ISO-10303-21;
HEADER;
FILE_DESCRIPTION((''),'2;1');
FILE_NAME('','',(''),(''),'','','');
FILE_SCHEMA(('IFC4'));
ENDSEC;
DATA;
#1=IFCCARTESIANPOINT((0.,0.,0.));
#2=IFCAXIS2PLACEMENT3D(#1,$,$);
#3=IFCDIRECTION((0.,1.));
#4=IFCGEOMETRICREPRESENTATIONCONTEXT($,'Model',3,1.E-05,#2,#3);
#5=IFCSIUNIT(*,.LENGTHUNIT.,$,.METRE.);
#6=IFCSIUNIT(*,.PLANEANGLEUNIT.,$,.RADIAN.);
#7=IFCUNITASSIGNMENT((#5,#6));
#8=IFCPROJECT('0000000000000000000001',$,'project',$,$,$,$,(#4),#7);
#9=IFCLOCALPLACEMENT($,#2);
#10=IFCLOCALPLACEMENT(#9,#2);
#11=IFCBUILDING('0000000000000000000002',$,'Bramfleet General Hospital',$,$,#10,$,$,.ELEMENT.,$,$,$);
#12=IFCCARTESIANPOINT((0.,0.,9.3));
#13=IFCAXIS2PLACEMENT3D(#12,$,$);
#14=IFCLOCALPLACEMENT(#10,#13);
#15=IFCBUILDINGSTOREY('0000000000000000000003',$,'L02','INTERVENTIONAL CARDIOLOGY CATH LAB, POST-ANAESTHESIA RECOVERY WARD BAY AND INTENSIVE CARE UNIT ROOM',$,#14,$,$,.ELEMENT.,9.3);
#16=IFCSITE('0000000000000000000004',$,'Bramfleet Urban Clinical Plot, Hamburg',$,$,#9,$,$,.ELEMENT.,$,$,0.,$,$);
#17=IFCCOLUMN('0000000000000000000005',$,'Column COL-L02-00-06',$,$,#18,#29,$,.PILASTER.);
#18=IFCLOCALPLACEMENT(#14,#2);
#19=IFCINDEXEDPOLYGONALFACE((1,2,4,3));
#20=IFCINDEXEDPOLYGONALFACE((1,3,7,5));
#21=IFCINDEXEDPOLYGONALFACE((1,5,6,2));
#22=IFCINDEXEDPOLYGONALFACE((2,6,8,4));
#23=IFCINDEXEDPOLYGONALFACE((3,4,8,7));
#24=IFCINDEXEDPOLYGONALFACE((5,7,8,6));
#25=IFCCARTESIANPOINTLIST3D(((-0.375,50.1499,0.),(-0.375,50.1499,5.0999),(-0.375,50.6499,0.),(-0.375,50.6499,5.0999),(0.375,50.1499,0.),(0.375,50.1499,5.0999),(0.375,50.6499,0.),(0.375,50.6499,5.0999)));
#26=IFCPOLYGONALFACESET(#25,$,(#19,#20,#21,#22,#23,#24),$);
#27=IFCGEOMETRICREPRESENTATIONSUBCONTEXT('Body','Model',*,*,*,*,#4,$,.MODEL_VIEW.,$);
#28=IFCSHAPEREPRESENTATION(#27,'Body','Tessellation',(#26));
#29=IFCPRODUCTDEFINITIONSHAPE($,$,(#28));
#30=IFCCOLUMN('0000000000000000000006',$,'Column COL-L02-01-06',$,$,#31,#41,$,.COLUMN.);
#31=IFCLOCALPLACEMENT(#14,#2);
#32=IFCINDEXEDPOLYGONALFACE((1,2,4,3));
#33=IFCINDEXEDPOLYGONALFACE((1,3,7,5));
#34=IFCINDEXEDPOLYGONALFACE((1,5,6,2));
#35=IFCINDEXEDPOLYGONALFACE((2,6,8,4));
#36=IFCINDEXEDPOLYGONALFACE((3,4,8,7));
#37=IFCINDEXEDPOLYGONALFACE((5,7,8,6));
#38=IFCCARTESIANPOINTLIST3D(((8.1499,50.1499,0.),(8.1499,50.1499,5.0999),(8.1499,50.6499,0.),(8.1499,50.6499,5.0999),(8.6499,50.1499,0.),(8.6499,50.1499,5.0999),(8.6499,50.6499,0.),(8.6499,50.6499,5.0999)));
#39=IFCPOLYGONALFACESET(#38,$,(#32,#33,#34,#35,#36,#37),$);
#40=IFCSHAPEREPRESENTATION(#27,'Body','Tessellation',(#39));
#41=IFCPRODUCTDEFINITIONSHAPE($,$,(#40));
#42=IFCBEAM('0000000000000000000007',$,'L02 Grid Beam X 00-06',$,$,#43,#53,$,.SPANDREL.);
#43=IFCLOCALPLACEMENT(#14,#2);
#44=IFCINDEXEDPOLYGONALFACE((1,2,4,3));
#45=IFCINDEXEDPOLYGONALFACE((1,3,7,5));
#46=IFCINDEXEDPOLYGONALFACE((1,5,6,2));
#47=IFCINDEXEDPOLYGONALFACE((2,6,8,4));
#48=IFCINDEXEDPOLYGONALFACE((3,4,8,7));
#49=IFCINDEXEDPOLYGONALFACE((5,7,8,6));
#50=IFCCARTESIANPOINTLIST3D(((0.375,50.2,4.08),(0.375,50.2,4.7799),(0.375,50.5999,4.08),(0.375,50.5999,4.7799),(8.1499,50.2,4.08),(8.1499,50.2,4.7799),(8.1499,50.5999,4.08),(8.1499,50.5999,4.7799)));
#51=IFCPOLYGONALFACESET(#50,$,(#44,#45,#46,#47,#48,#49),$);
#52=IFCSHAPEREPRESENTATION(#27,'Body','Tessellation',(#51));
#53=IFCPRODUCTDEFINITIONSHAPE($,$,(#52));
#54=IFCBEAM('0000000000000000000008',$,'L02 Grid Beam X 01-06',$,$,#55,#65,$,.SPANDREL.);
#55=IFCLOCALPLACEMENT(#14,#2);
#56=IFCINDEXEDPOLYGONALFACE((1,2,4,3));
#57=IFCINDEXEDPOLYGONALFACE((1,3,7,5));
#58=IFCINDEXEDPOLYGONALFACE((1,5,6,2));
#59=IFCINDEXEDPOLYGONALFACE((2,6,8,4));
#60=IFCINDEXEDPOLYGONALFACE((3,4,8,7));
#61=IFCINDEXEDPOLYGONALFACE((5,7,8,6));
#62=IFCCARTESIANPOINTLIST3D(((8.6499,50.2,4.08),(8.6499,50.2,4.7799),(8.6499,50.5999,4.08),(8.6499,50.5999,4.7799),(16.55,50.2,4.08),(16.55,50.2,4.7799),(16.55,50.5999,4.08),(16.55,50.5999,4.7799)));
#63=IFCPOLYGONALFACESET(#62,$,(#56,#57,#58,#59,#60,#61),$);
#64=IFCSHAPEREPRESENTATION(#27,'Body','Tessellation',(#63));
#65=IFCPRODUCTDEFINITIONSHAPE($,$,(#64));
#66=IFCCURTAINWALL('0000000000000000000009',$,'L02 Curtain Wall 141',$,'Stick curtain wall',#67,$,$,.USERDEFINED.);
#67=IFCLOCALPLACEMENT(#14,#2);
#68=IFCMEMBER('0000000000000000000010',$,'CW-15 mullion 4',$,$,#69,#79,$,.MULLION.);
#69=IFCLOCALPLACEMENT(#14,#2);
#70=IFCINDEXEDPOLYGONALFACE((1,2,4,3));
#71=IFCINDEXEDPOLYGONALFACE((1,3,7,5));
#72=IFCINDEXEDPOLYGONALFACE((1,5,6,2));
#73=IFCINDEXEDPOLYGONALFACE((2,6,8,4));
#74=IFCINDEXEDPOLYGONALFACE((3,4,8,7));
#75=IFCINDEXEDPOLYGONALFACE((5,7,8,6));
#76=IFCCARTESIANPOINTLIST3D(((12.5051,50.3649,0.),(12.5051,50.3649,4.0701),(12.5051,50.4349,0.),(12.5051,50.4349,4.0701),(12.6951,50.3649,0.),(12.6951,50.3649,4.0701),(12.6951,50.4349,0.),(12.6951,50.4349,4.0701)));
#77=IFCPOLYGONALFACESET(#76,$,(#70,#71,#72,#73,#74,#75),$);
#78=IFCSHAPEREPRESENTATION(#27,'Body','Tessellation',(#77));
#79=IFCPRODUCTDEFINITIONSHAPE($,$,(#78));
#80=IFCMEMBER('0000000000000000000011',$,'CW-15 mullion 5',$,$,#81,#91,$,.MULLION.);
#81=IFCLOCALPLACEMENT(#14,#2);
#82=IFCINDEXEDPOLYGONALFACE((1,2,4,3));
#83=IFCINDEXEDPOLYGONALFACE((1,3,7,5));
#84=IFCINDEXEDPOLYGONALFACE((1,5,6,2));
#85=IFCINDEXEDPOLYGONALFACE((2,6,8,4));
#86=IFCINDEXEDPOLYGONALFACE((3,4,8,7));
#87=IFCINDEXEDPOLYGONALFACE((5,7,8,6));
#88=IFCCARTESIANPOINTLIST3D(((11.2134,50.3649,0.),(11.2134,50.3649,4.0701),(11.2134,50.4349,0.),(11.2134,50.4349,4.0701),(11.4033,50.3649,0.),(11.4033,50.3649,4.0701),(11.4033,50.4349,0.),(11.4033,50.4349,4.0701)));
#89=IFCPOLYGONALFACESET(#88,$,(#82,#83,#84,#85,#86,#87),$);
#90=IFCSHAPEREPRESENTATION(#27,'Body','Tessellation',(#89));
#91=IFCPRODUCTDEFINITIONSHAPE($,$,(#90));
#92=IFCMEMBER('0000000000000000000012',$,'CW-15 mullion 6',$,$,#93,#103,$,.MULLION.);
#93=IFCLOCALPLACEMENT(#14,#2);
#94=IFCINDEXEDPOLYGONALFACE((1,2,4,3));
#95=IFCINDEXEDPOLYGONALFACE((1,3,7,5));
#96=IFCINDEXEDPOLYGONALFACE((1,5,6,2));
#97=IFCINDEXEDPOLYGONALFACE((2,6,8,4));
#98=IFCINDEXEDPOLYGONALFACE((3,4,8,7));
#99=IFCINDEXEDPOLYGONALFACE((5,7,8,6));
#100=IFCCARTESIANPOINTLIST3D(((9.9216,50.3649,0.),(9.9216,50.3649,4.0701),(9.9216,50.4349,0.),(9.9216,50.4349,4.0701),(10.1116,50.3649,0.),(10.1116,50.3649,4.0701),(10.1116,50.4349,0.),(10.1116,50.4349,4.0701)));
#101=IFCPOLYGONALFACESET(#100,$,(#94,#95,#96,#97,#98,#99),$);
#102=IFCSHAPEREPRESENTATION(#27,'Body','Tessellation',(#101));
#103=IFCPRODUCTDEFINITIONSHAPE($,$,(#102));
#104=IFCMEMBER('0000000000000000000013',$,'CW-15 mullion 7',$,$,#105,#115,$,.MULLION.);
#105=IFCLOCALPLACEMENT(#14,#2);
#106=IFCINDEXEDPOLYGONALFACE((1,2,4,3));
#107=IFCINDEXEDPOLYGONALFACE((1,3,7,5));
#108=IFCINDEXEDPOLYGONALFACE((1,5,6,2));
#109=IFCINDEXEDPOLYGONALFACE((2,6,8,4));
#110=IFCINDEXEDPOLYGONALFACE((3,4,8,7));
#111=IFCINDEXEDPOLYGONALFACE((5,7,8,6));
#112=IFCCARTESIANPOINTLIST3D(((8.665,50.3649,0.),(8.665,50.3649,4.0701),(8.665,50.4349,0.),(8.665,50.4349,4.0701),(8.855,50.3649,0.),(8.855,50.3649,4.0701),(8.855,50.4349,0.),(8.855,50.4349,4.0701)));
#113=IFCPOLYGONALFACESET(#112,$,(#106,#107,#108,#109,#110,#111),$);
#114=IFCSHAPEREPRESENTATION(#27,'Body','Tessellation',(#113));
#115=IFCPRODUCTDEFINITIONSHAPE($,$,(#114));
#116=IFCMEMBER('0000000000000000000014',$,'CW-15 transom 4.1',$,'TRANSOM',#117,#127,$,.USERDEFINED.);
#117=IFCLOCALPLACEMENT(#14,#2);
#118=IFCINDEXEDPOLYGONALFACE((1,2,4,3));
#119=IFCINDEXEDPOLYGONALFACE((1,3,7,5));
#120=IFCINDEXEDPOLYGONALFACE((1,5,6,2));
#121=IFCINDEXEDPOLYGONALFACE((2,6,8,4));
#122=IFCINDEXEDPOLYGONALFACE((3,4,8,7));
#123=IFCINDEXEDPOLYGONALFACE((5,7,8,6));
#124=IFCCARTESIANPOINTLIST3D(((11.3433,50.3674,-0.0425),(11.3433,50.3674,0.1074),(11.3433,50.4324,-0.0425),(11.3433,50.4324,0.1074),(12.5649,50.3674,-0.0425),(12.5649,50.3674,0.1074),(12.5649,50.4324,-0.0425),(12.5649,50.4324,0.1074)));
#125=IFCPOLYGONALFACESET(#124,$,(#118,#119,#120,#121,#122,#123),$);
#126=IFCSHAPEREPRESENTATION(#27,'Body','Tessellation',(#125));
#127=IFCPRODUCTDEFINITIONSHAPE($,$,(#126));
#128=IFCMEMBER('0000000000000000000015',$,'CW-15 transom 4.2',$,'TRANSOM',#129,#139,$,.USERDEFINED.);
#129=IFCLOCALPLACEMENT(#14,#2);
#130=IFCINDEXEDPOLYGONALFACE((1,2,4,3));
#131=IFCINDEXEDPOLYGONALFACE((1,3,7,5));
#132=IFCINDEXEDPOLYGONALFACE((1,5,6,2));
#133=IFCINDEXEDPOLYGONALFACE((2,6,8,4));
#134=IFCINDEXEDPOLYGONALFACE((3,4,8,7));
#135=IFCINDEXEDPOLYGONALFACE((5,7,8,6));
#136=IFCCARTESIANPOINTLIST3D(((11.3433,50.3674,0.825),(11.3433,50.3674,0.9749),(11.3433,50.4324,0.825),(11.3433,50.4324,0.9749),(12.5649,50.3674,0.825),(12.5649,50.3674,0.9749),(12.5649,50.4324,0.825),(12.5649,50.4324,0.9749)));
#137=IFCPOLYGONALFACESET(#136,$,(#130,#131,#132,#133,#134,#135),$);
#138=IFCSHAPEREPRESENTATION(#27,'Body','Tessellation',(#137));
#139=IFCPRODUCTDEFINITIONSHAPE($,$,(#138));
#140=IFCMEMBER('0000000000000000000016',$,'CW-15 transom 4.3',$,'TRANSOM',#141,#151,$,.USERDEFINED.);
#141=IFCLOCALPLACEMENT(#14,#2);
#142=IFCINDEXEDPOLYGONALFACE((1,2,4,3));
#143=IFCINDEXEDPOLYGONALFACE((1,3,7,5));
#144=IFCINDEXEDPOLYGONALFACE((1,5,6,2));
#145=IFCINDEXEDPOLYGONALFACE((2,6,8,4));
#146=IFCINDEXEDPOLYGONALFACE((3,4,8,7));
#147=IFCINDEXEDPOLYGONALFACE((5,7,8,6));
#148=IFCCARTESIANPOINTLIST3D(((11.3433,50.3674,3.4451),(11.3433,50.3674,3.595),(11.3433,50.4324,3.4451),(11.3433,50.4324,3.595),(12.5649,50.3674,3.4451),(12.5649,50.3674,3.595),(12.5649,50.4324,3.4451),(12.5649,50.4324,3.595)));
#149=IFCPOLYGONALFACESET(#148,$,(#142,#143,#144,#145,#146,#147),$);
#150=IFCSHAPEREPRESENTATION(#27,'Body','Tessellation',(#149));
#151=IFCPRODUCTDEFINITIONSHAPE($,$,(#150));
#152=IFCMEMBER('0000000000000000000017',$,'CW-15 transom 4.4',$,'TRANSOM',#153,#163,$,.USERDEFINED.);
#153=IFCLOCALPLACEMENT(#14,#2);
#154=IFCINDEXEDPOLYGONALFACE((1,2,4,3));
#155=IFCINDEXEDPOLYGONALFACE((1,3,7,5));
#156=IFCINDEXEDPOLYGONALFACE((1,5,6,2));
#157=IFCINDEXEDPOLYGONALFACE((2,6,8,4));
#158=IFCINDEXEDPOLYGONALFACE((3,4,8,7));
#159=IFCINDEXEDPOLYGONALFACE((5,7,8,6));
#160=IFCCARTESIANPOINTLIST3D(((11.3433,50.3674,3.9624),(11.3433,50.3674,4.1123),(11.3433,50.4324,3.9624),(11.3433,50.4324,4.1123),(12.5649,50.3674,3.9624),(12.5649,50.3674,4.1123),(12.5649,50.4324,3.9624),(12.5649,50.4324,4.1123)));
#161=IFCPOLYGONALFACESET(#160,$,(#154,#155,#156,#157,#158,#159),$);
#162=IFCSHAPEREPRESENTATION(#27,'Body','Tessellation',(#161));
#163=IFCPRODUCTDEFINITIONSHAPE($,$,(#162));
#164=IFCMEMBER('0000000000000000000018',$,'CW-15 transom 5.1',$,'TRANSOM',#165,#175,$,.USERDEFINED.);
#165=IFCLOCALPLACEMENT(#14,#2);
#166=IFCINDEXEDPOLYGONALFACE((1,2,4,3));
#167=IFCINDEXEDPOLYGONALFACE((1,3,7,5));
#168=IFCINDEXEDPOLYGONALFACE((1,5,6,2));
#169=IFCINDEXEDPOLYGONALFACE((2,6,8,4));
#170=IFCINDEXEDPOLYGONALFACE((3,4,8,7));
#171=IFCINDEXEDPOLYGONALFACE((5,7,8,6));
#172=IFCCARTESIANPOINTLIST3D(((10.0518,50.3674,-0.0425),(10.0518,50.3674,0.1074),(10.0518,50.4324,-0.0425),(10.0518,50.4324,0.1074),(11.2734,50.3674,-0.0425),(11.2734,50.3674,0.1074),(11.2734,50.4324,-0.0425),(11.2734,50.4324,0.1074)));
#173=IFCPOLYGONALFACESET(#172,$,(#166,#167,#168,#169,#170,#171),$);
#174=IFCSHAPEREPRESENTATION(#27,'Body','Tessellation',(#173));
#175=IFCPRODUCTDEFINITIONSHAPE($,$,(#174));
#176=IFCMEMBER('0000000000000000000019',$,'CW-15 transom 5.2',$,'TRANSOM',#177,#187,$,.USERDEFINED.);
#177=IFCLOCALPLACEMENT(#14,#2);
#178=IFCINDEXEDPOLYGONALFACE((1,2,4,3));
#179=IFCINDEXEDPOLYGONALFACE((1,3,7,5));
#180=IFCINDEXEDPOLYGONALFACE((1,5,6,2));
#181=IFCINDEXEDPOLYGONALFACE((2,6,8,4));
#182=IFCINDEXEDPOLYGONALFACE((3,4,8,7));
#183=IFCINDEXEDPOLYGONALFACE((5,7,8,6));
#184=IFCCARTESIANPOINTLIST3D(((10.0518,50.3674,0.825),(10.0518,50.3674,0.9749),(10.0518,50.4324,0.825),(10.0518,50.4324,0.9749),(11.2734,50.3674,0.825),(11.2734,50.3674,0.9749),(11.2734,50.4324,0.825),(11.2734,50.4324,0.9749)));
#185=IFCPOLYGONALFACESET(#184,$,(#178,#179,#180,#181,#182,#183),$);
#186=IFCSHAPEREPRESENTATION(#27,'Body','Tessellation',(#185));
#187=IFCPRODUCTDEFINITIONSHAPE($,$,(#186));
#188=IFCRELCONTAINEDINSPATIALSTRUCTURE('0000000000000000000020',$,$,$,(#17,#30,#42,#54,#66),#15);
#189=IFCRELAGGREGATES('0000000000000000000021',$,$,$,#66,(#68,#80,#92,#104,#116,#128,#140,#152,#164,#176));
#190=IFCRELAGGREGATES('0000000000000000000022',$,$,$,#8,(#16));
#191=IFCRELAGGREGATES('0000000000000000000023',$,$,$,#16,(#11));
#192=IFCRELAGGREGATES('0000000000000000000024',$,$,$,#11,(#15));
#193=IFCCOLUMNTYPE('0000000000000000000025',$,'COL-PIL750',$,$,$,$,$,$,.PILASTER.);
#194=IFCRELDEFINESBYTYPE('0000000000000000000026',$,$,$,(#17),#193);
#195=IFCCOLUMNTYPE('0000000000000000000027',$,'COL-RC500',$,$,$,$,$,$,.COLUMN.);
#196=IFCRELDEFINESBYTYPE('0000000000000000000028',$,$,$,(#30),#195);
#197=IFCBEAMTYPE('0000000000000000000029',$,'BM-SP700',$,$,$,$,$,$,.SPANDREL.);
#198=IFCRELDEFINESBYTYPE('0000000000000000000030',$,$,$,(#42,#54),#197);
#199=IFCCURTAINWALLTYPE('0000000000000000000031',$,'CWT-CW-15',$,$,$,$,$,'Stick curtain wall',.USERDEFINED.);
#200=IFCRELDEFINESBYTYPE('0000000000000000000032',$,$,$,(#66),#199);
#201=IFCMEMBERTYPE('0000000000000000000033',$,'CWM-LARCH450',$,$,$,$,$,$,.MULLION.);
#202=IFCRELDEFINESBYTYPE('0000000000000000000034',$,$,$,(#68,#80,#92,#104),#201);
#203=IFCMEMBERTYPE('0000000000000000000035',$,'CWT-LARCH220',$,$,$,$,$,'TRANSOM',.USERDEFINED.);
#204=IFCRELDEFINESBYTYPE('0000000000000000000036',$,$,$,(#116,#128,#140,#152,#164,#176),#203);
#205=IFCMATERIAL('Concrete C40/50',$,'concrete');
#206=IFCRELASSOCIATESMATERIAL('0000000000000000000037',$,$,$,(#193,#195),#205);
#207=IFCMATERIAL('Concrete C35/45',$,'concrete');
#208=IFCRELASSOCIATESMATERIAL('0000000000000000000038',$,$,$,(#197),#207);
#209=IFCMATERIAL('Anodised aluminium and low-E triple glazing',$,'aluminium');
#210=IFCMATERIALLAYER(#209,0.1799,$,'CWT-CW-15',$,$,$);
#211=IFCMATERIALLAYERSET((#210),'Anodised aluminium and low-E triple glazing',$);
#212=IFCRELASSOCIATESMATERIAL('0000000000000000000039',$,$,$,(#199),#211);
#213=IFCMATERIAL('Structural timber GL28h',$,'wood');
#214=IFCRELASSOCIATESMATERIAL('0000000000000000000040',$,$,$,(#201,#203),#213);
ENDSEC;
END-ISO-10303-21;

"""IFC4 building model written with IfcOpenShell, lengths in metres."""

from ifc_helpers import new_model, si_unit, direction, frame, origin, origin_2d, place, context, subcontext, project, spatial, rectangle, extrude, material, layer, layer_set, material_profile, profile_set, type_object, element, aggregate, save


model = new_model("IFC4")

# Units and contexts
model_context = context("Model", 3, precision=1e-05, world=origin(), true_north=direction((0.0, 1.0)))
body_context = subcontext(model_context, "Body", "Model", "MODEL_VIEW")
ifc_project = project(units=[si_unit("LENGTHUNIT", "METRE"), si_unit("PLANEANGLEUNIT", "RADIAN")], contexts=[model_context])

# Site, building, storey
site_placement = place(None, origin())
site = spatial("IfcSite", under=ifc_project, at=site_placement, Name="Bramfleet Urban Clinical Plot, Hamburg", CompositionType="ELEMENT", RefElevation=0.0)
building_placement = place(site_placement, origin())
building = spatial("IfcBuilding", under=site, at=building_placement, Name="Bramfleet General Hospital", CompositionType="ELEMENT")
storey_placement = place(building_placement, frame((0.0, 0.0, 9.3)))
storey = spatial("IfcBuildingStorey", under=building, at=storey_placement, Name="L02", Description="INTERVENTIONAL CARDIOLOGY CATH LAB, POST-ANAESTHESIA RECOVERY WARD BAY AND INTENSIVE CARE UNIT ROOM", CompositionType="ELEMENT", Elevation=9.3)

# Columns
ifc_material_1 = material(Name="Concrete C40/50", Category="concrete")
ifc_material_profile_1 = material_profile(ifc_material_1, rectangle(XDim=0.5, YDim=0.75, at=origin_2d()), Name="RC PIL 750x500")
ifc_profile_set_1 = profile_set([ifc_material_profile_1], Name="Concrete C40/50")
column_type_1 = type_object("IfcColumnType", Name="COL-PIL750", PredefinedType="PILASTER", material=ifc_profile_set_1)
column_1_placement = place(storey_placement, frame((0.0, 50.3999, 0.0), z_axis=(0.0, 0.0, 1.0), x_axis=(0.0, 1.0, 0.0)))
element("IfcColumn", 1, at=column_1_placement, inside=storey, type_object=column_type_1, Name="Column COL-L02-00-06", PredefinedType="PILASTER", context=body_context, shape_type="SweptSolid", body=[
    extrude(rectangle(XDim=0.5, YDim=0.75, at=origin_2d()), origin(), (0.0, 0.0, 1.0), 5.0999),
])
ifc_material_profile_2 = material_profile(ifc_material_1, rectangle(XDim=0.5, YDim=0.5, at=origin_2d()), Name="RC COL 500x500")
ifc_profile_set_2 = profile_set([ifc_material_profile_2], Name="Concrete C40/50")
column_type_2 = type_object("IfcColumnType", Name="COL-RC500", PredefinedType="COLUMN", material=ifc_profile_set_2)
column_2_placement = place(storey_placement, frame((8.3999, 50.3999, 0.0), z_axis=(0.0, 0.0, 1.0), x_axis=(1.0, 0.0, 0.0)))
element("IfcColumn", 2, at=column_2_placement, inside=storey, type_object=column_type_2, Name="Column COL-L02-01-06", PredefinedType="COLUMN", context=body_context, shape_type="SweptSolid", body=[
    extrude(rectangle(XDim=0.5, YDim=0.5, at=origin_2d()), origin(), (0.0, 0.0, 1.0), 5.0999),
])

# Beams
ifc_material_2 = material(Name="Concrete C35/45", Category="concrete")
ifc_material_profile_3 = material_profile(ifc_material_2, rectangle(XDim=0.3999, YDim=0.7, at=origin_2d()), Name="RC SP 700x400")
ifc_profile_set_3 = profile_set([ifc_material_profile_3], Name="Concrete C35/45")
beam_type = type_object("IfcBeamType", Name="BM-SP700", PredefinedType="SPANDREL", material=ifc_profile_set_3)
beam_1_placement = place(storey_placement, frame((0.375, 50.3999, 4.4299), z_axis=(1.0, 0.0, 0.0), x_axis=(0.0, 1.0, 0.0)))
element("IfcBeam", 3, at=beam_1_placement, inside=storey, type_object=beam_type, Name="L02 Grid Beam X 00-06", PredefinedType="SPANDREL", context=body_context, shape_type="SweptSolid", body=[
    extrude(rectangle(XDim=0.3999, YDim=0.7, at=origin_2d()), origin(), (0.0, 0.0, 1.0), 7.7749),
])
beam_2_placement = place(storey_placement, frame((8.6499, 50.3999, 4.4299), z_axis=(1.0, 0.0, 0.0), x_axis=(0.0, 1.0, 0.0)))
element("IfcBeam", 4, at=beam_2_placement, inside=storey, type_object=beam_type, Name="L02 Grid Beam X 01-06", PredefinedType="SPANDREL", context=body_context, shape_type="SweptSolid", body=[
    extrude(rectangle(XDim=0.3999, YDim=0.7, at=origin_2d()), origin(), (0.0, 0.0, 1.0), 7.9001),
])

# Curtain wall, members
ifc_material_3 = material(Name="Anodised aluminium and low-E triple glazing", Category="aluminium")
ifc_layer_1 = layer(ifc_material_3, 0.1799, Name="CWT-CW-15")
ifc_layer_set_1 = layer_set([ifc_layer_1], Name="Anodised aluminium and low-E triple glazing")
curtain_wall_type = type_object("IfcCurtainWallType", Name="CWT-CW-15", ElementType="Stick curtain wall", PredefinedType="USERDEFINED", material=ifc_layer_set_1)
curtain_wall_placement = place(storey_placement, origin())
curtain_wall = element("IfcCurtainWall", 5, at=curtain_wall_placement, inside=storey, type_object=curtain_wall_type, Name="L02 Curtain Wall 141", ObjectType="Stick curtain wall", PredefinedType="USERDEFINED")
ifc_material_4 = material(Name="Structural timber GL28h", Category="wood")
ifc_material_profile_4 = material_profile(ifc_material_4, rectangle(XDim=0.0701, YDim=0.1899, at=origin_2d()), Name="LARCH 190x70")
ifc_profile_set_4 = profile_set([ifc_material_profile_4], Name="Structural timber GL28h")
member_type_1 = type_object("IfcMemberType", Name="CWM-LARCH450", PredefinedType="MULLION", material=ifc_profile_set_4)
member_1_placement = place(storey_placement, frame((12.6001, 50.3999, 0.0), z_axis=(0.0, 0.0, 1.0), x_axis=(0.0, -1.0, 0.0)))
member_1 = element("IfcMember", 6, at=member_1_placement, type_object=member_type_1, Name="CW-15 mullion 4", PredefinedType="MULLION", context=body_context, shape_type="SweptSolid", body=[
    extrude(rectangle(XDim=0.0701, YDim=0.1899, at=origin_2d()), origin(), (0.0, 0.0, 1.0), 4.0701),
])
member_2_placement = place(storey_placement, frame((11.3083, 50.3999, 0.0), z_axis=(0.0, 0.0, 1.0), x_axis=(0.0, -1.0, 0.0)))
member_2 = element("IfcMember", 7, at=member_2_placement, type_object=member_type_1, Name="CW-15 mullion 5", PredefinedType="MULLION", context=body_context, shape_type="SweptSolid", body=[
    extrude(rectangle(XDim=0.0701, YDim=0.1899, at=origin_2d()), origin(), (0.0, 0.0, 1.0), 4.0701),
])
member_3_placement = place(storey_placement, frame((10.0166, 50.3999, 0.0), z_axis=(0.0, 0.0, 1.0), x_axis=(0.0, -1.0, 0.0)))
member_3 = element("IfcMember", 8, at=member_3_placement, type_object=member_type_1, Name="CW-15 mullion 6", PredefinedType="MULLION", context=body_context, shape_type="SweptSolid", body=[
    extrude(rectangle(XDim=0.0701, YDim=0.1899, at=origin_2d()), origin(), (0.0, 0.0, 1.0), 4.0701),
])
member_4_placement = place(storey_placement, frame((8.76, 50.3999, 0.0), z_axis=(0.0, 0.0, 1.0), x_axis=(0.0, -1.0, 0.0)))
member_4 = element("IfcMember", 9, at=member_4_placement, type_object=member_type_1, Name="CW-15 mullion 7", PredefinedType="MULLION", context=body_context, shape_type="SweptSolid", body=[
    extrude(rectangle(XDim=0.0701, YDim=0.1899, at=origin_2d()), origin(), (0.0, 0.0, 1.0), 4.0701),
])
ifc_material_profile_5 = material_profile(ifc_material_4, rectangle(XDim=0.0649, YDim=0.1499, at=origin_2d()), Name="LARCH 150x65")
ifc_profile_set_5 = profile_set([ifc_material_profile_5], Name="Structural timber GL28h")
member_type_2 = type_object("IfcMemberType", Name="CWT-LARCH220", ElementType="TRANSOM", PredefinedType="USERDEFINED", material=ifc_profile_set_5)
member_5_placement = place(storey_placement, frame((12.5649, 50.3999, 0.0325), z_axis=(-1.0, 0.0, 0.0), x_axis=(0.0, -1.0, 0.0)))
member_5 = element("IfcMember", 10, at=member_5_placement, type_object=member_type_2, Name="CW-15 transom 4.1", ObjectType="TRANSOM", PredefinedType="USERDEFINED", context=body_context, shape_type="SweptSolid", body=[
    extrude(rectangle(XDim=0.0649, YDim=0.1499, at=origin_2d()), origin(), (0.0, 0.0, 1.0), 1.2217),
])
member_6_placement = place(storey_placement, frame((12.5649, 50.3999, 0.8999), z_axis=(-1.0, 0.0, 0.0), x_axis=(0.0, -1.0, 0.0)))
member_6 = element("IfcMember", 11, at=member_6_placement, type_object=member_type_2, Name="CW-15 transom 4.2", ObjectType="TRANSOM", PredefinedType="USERDEFINED", context=body_context, shape_type="SweptSolid", body=[
    extrude(rectangle(XDim=0.0649, YDim=0.1499, at=origin_2d()), origin(), (0.0, 0.0, 1.0), 1.2217),
])
member_7_placement = place(storey_placement, frame((12.5649, 50.3999, 3.52), z_axis=(-1.0, 0.0, 0.0), x_axis=(0.0, -1.0, 0.0)))
member_7 = element("IfcMember", 12, at=member_7_placement, type_object=member_type_2, Name="CW-15 transom 4.3", ObjectType="TRANSOM", PredefinedType="USERDEFINED", context=body_context, shape_type="SweptSolid", body=[
    extrude(rectangle(XDim=0.0649, YDim=0.1499, at=origin_2d()), origin(), (0.0, 0.0, 1.0), 1.2217),
])
member_8_placement = place(storey_placement, frame((12.5649, 50.3999, 4.0374), z_axis=(-1.0, 0.0, 0.0), x_axis=(0.0, -1.0, 0.0)))
member_8 = element("IfcMember", 13, at=member_8_placement, type_object=member_type_2, Name="CW-15 transom 4.4", ObjectType="TRANSOM", PredefinedType="USERDEFINED", context=body_context, shape_type="SweptSolid", body=[
    extrude(rectangle(XDim=0.0649, YDim=0.1499, at=origin_2d()), origin(), (0.0, 0.0, 1.0), 1.2217),
])
member_9_placement = place(storey_placement, frame((11.2734, 50.3999, 0.0325), z_axis=(-1.0, 0.0, 0.0), x_axis=(0.0, -1.0, 0.0)))
member_9 = element("IfcMember", 14, at=member_9_placement, type_object=member_type_2, Name="CW-15 transom 5.1", ObjectType="TRANSOM", PredefinedType="USERDEFINED", context=body_context, shape_type="SweptSolid", body=[
    extrude(rectangle(XDim=0.0649, YDim=0.1499, at=origin_2d()), origin(), (0.0, 0.0, 1.0), 1.2217),
])
member_10_placement = place(storey_placement, frame((11.2734, 50.3999, 0.8999), z_axis=(-1.0, 0.0, 0.0), x_axis=(0.0, -1.0, 0.0)))
member_10 = element("IfcMember", 15, at=member_10_placement, type_object=member_type_2, Name="CW-15 transom 5.2", ObjectType="TRANSOM", PredefinedType="USERDEFINED", context=body_context, shape_type="SweptSolid", body=[
    extrude(rectangle(XDim=0.0649, YDim=0.1499, at=origin_2d()), origin(), (0.0, 0.0, 1.0), 1.2217),
])
aggregate(curtain_wall, [member_1, member_2, member_3, member_4, member_5, member_6, member_7, member_8, member_9, member_10])

save(model, "model.ifc")
